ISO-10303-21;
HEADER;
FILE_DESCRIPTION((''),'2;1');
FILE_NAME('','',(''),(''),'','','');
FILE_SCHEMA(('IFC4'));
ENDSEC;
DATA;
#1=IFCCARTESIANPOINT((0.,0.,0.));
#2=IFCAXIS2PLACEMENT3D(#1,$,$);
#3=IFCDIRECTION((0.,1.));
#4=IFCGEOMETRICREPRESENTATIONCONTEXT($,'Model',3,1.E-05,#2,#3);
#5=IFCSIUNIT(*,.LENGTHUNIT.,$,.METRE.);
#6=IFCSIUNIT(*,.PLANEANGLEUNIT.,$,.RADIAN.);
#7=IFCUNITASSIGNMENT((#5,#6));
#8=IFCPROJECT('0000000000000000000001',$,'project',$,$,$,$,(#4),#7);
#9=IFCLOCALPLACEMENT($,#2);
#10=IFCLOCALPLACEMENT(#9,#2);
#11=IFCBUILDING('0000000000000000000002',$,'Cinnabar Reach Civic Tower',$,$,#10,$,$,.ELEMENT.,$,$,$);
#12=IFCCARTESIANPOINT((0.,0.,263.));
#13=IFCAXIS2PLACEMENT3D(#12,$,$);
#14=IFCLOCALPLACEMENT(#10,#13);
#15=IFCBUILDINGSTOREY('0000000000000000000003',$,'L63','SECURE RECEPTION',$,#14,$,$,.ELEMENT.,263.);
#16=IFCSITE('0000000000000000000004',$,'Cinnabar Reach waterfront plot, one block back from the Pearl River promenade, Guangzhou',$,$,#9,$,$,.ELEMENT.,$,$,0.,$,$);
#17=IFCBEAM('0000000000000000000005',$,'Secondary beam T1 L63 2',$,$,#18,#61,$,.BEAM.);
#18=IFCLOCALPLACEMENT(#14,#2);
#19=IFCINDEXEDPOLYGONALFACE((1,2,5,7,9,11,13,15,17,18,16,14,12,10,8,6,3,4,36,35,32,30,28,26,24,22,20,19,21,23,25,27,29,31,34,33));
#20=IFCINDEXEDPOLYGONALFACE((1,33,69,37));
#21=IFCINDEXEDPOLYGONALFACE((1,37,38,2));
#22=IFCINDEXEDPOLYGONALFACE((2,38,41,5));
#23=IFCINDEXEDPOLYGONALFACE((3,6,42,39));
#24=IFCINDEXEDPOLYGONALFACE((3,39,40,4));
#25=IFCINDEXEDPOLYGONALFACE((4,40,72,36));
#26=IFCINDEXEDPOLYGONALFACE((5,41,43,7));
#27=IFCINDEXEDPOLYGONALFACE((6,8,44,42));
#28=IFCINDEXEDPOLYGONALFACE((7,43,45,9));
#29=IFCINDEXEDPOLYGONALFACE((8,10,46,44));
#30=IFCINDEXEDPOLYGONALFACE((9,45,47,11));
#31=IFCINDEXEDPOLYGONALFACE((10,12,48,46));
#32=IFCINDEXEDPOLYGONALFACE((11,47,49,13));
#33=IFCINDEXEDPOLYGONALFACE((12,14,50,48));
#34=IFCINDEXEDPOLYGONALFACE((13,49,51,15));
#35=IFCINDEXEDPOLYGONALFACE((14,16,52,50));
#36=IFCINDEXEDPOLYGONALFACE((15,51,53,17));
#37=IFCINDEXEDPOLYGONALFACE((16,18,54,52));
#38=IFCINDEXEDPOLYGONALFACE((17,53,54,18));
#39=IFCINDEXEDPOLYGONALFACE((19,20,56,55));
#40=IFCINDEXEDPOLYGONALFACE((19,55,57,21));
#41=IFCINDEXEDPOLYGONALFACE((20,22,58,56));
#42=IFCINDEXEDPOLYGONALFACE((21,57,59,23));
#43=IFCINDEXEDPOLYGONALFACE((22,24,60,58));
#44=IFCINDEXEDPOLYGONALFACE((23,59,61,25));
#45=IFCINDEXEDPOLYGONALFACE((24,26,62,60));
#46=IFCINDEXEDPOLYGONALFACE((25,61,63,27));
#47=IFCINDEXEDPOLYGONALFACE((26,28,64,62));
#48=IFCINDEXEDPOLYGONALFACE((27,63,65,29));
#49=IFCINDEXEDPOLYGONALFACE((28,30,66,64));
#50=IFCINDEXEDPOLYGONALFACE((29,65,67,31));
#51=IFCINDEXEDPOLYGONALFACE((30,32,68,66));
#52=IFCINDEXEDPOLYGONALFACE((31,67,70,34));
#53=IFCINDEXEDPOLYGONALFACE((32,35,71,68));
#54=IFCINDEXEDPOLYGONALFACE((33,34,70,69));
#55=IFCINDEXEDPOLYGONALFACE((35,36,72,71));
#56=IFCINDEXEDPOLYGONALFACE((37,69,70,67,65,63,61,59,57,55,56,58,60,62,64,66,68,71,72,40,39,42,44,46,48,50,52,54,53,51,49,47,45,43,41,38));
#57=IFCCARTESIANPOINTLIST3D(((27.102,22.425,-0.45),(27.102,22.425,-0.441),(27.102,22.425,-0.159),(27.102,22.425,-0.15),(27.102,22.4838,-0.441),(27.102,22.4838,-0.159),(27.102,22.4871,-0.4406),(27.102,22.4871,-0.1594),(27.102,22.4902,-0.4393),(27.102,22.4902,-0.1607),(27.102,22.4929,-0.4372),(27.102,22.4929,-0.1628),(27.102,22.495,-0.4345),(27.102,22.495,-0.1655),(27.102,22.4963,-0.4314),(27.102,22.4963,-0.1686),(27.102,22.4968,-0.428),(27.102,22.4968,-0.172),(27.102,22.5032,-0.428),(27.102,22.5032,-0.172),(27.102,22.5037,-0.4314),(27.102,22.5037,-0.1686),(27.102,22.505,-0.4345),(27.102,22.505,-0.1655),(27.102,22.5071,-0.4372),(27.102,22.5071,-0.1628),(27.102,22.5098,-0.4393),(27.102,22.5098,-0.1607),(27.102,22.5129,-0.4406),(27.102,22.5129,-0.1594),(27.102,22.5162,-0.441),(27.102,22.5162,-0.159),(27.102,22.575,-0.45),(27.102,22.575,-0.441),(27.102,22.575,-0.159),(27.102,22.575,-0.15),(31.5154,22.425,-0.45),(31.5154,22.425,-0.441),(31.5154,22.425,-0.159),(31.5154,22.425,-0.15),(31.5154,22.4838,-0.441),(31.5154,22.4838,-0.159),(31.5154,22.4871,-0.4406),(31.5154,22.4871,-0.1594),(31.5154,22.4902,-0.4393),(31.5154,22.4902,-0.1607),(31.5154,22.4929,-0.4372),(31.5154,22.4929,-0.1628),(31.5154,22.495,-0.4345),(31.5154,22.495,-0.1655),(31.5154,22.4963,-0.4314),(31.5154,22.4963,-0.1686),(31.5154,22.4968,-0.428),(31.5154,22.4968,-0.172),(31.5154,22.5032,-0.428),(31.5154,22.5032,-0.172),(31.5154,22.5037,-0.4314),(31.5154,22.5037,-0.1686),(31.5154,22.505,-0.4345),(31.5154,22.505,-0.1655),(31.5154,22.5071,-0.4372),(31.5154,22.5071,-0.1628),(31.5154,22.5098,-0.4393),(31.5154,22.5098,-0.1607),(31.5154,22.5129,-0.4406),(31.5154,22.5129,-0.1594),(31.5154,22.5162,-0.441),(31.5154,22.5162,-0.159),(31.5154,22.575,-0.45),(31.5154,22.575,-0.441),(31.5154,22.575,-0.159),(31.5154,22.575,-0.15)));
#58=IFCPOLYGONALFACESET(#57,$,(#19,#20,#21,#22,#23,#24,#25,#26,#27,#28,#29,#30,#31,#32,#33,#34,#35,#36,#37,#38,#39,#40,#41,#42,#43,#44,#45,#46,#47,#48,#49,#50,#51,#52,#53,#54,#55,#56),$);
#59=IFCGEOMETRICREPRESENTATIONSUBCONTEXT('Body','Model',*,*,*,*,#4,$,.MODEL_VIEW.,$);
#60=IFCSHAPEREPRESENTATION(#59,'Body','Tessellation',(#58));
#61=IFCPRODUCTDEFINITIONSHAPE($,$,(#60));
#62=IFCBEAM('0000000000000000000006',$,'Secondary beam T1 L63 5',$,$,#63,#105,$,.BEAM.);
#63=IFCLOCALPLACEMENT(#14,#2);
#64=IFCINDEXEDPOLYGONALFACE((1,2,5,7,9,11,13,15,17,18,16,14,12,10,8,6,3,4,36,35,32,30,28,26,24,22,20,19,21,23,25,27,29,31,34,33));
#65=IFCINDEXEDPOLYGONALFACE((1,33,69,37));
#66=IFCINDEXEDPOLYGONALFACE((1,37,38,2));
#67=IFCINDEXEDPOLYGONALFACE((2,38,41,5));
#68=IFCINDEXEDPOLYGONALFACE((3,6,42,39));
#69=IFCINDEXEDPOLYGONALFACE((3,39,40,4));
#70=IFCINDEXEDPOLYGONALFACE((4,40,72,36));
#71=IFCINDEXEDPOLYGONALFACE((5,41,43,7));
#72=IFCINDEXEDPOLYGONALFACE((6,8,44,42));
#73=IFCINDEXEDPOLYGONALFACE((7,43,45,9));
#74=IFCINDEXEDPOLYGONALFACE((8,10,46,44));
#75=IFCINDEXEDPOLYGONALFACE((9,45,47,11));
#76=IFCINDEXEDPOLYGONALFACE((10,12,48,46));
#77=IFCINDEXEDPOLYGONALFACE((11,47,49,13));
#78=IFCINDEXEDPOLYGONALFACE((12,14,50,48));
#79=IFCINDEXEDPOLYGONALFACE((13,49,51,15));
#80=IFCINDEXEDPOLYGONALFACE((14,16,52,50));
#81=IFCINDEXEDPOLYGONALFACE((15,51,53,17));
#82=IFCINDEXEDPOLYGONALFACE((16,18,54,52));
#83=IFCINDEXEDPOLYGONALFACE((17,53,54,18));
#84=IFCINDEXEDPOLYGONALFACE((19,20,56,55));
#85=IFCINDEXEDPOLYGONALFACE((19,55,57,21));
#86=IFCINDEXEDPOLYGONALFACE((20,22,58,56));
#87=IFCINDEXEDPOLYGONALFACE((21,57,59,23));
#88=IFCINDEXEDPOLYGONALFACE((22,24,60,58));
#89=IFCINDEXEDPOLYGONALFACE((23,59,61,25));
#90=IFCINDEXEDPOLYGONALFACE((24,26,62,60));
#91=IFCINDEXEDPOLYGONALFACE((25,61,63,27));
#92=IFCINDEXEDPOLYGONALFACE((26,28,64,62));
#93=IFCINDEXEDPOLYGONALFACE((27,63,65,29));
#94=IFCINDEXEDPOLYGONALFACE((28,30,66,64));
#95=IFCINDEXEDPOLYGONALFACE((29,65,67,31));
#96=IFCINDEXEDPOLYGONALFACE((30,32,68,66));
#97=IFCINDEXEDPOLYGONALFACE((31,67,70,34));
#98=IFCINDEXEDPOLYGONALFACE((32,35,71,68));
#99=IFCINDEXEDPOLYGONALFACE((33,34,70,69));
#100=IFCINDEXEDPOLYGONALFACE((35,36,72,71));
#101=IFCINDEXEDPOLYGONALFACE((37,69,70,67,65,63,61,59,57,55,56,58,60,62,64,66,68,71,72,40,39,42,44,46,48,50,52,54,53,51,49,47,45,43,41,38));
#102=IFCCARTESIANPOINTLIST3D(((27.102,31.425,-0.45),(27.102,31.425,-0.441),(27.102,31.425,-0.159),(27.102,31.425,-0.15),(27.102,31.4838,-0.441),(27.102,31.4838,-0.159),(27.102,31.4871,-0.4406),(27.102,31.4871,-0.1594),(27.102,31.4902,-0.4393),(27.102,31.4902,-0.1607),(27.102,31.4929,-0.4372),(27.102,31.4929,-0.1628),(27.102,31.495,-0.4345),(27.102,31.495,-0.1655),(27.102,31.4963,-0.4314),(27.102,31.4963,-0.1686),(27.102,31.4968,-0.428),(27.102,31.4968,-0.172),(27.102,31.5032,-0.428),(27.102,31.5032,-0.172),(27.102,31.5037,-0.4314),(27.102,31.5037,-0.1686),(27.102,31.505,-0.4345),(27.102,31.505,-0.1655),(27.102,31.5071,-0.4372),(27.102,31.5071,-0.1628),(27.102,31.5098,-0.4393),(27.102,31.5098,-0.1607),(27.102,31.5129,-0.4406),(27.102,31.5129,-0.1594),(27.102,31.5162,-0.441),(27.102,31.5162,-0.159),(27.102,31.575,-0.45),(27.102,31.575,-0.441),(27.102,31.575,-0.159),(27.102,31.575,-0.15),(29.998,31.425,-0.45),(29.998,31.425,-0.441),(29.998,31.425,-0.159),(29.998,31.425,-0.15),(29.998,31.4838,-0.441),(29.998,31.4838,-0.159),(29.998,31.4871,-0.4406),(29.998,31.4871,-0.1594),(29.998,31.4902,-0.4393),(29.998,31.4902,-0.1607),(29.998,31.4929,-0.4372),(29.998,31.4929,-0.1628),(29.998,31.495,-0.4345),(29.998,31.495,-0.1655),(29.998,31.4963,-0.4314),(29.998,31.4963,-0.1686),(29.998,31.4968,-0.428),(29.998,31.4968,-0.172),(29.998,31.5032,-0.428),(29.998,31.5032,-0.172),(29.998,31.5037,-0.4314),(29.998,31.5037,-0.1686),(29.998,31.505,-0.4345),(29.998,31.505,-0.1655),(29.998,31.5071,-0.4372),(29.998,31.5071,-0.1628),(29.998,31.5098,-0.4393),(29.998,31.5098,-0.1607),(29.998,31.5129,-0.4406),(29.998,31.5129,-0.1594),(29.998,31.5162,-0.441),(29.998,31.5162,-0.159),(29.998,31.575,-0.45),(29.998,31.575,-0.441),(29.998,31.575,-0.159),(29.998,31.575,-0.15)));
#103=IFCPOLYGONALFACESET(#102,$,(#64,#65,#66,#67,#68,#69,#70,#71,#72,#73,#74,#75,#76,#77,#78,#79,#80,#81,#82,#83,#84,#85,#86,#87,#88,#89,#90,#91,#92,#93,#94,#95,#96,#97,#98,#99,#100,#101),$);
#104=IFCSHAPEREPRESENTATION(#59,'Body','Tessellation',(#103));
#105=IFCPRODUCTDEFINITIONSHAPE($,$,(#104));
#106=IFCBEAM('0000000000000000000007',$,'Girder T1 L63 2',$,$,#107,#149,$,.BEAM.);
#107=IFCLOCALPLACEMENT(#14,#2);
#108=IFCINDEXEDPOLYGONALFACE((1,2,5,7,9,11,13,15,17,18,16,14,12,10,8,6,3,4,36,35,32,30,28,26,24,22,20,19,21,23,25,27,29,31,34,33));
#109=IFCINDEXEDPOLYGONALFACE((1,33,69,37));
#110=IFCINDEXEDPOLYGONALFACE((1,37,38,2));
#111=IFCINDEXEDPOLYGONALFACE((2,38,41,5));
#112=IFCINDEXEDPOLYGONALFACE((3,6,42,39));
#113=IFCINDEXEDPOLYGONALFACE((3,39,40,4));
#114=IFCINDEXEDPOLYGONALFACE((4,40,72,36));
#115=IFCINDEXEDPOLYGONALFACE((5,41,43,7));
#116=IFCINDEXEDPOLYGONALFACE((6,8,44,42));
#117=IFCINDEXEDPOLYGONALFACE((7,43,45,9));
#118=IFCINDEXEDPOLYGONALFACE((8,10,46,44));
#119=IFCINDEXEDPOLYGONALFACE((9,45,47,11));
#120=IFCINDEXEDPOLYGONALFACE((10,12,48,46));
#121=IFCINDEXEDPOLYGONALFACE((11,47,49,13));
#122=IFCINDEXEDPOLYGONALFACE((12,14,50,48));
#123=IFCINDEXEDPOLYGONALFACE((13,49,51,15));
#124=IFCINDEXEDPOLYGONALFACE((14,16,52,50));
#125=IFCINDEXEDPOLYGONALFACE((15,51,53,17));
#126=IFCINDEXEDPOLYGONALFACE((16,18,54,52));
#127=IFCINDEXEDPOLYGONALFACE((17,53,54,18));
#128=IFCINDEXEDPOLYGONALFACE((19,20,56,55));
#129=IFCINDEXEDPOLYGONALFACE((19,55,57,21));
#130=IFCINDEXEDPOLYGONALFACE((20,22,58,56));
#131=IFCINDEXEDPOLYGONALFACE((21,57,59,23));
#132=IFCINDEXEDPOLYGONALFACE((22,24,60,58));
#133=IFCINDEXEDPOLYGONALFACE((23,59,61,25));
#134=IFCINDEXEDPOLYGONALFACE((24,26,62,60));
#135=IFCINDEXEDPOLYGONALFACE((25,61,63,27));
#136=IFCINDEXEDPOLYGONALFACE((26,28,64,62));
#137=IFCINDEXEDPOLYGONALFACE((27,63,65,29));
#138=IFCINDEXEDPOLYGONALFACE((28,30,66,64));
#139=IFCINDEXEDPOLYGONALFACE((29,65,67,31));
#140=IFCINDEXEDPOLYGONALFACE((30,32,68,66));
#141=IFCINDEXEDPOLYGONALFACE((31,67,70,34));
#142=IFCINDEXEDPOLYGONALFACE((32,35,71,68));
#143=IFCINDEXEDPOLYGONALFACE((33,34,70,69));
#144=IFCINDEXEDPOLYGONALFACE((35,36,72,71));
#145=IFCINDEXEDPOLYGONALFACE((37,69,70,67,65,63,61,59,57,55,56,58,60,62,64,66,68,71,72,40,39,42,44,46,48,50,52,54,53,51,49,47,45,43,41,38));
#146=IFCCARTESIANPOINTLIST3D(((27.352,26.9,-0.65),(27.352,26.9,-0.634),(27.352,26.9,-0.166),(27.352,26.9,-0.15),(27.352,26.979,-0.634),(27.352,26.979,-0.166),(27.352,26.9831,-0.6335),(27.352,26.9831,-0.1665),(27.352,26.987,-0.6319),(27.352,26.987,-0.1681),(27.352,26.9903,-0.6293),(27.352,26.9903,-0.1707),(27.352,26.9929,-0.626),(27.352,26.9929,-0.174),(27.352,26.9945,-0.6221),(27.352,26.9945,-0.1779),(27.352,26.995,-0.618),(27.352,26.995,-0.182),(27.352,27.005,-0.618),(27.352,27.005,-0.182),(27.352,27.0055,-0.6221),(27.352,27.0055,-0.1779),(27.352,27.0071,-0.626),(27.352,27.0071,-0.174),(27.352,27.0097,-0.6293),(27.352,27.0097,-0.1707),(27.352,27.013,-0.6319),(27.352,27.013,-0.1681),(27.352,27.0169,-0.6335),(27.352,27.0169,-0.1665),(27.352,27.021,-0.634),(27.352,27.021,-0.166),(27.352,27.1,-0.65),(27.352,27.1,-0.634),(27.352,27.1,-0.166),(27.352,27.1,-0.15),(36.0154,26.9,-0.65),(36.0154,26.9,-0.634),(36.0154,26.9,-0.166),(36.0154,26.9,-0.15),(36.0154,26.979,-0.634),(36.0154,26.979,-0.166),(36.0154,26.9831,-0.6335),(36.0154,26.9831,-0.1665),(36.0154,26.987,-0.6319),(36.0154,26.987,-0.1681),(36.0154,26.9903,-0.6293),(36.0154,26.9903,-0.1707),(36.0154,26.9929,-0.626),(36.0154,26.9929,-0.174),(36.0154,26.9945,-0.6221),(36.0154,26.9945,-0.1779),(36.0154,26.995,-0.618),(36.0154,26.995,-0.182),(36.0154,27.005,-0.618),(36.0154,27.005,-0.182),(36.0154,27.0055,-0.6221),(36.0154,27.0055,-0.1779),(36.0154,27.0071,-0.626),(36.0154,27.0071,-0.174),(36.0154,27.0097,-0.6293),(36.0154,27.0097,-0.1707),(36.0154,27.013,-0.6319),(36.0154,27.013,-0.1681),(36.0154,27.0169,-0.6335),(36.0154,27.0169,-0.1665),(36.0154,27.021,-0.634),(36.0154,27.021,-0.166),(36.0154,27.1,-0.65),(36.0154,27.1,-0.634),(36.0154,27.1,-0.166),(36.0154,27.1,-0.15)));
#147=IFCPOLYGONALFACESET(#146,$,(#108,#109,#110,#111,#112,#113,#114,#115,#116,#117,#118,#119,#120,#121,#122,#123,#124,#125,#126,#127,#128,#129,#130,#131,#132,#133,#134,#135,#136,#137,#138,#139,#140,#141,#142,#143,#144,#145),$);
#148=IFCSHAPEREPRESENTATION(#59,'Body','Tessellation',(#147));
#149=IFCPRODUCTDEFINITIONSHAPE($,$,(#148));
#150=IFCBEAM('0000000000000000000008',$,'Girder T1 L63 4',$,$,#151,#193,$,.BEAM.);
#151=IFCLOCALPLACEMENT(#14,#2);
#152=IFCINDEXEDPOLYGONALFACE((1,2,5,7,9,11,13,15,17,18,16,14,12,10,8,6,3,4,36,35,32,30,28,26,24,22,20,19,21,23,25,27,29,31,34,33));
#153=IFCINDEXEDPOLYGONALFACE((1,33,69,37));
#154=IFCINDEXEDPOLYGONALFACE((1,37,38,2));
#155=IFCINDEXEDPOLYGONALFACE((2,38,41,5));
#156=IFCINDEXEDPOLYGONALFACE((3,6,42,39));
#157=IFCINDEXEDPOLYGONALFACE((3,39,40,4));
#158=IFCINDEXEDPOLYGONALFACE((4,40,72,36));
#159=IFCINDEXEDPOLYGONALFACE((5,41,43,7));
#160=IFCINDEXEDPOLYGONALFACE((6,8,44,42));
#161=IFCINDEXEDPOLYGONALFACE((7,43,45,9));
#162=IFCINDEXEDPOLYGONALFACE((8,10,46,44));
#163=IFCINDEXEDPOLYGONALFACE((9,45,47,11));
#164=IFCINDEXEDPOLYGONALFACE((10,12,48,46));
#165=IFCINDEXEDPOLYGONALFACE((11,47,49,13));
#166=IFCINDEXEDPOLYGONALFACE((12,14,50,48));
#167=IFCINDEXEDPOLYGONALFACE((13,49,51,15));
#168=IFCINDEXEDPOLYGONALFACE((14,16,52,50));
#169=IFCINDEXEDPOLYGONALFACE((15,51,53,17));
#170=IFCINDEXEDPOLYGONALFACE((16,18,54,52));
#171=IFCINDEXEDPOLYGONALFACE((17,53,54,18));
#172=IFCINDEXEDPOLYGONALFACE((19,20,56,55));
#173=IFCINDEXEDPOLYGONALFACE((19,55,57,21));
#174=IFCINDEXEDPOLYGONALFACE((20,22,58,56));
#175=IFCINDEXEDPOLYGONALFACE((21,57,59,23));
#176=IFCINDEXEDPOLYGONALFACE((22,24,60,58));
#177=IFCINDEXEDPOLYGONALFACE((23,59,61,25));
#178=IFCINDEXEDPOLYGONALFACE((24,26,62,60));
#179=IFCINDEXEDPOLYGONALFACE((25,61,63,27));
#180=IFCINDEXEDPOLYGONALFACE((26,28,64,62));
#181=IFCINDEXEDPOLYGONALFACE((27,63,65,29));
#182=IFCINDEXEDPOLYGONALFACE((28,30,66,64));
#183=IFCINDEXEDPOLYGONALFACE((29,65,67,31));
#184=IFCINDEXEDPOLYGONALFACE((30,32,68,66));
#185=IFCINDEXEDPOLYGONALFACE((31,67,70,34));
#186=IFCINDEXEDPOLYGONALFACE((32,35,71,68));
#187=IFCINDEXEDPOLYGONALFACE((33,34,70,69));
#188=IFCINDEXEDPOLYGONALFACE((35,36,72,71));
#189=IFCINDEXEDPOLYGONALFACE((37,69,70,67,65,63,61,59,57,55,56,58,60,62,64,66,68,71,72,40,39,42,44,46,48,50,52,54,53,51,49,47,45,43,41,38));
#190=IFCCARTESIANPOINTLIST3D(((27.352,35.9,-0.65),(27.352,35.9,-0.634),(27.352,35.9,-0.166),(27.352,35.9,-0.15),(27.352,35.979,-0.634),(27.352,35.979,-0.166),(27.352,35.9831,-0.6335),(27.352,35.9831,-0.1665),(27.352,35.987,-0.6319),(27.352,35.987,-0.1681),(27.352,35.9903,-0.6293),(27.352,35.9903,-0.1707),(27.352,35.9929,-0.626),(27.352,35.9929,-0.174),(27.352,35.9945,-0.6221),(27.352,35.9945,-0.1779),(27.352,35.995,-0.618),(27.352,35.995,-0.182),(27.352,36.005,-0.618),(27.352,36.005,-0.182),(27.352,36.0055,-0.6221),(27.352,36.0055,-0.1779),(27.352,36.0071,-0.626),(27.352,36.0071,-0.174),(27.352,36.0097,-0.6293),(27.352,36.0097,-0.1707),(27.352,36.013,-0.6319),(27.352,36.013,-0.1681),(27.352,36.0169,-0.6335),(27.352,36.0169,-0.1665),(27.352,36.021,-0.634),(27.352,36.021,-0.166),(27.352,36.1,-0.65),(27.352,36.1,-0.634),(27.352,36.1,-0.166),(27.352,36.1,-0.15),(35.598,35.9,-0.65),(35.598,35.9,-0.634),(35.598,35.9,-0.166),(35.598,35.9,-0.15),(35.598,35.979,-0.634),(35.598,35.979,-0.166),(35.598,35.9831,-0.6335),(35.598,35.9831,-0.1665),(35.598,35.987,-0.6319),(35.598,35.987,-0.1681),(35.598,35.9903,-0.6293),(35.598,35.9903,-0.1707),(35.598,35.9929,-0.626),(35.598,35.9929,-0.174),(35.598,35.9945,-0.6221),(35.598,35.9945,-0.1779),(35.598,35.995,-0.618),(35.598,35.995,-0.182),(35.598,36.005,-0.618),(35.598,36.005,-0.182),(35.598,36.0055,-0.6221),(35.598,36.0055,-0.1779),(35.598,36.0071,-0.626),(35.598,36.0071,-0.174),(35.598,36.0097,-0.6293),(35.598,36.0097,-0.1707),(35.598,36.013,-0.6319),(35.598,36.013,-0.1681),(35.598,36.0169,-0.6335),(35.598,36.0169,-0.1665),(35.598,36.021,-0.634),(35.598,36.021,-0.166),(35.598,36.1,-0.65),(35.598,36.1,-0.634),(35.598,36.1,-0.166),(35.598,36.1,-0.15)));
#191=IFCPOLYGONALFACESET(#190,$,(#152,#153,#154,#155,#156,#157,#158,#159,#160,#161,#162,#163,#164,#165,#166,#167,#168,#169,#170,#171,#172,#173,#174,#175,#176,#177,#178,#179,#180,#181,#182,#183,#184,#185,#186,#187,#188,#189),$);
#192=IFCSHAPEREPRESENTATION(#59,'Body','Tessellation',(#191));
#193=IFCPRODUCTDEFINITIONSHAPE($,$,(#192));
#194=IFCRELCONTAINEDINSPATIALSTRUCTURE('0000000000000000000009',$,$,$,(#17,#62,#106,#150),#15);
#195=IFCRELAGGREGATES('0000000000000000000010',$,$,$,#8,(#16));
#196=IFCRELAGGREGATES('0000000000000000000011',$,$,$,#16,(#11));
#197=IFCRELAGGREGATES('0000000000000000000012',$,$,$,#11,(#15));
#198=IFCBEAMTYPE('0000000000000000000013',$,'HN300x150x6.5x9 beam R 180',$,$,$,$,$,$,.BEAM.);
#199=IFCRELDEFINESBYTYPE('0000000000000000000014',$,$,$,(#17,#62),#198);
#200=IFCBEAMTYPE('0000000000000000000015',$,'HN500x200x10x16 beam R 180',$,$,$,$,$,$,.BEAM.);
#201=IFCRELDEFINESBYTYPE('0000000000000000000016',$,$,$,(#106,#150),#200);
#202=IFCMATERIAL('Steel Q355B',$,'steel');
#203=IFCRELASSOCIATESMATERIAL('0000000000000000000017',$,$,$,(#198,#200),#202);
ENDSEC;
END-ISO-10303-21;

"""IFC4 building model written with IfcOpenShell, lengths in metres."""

from ifc_helpers import new_model, si_unit, direction, frame, origin, origin_2d, place, context, subcontext, project, spatial, i_section, extrude, material, material_profile, profile_set, type_object, element, save


model = new_model("IFC4")

# Units and contexts
model_context = context("Model", 3, precision=1e-05, world=origin(), true_north=direction((0.0, 1.0)))
body_context = subcontext(model_context, "Body", "Model", "MODEL_VIEW")
ifc_project = project(units=[si_unit("LENGTHUNIT", "METRE"), si_unit("PLANEANGLEUNIT", "RADIAN")], contexts=[model_context])

# Site, building, storey
site_placement = place(None, origin())
site = spatial("IfcSite", under=ifc_project, at=site_placement, Name="Cinnabar Reach waterfront plot, one block back from the Pearl River promenade, Guangzhou", CompositionType="ELEMENT", RefElevation=0.0)
building_placement = place(site_placement, origin())
building = spatial("IfcBuilding", under=site, at=building_placement, Name="Cinnabar Reach Civic Tower", CompositionType="ELEMENT")
storey_placement = place(building_placement, frame((0.0, 0.0, 263.0)))
storey = spatial("IfcBuildingStorey", under=building, at=storey_placement, Name="L63", Description="SECURE RECEPTION", CompositionType="ELEMENT", Elevation=263.0)

# Beams
ifc_material_1 = material(Name="Steel Q355B", Category="steel")
ifc_material_profile_1 = material_profile(ifc_material_1, i_section(OverallWidth=0.15, OverallDepth=0.3, WebThickness=0.0065, FlangeThickness=0.009, FilletRadius=0.013, at=origin_2d()), Name="HN300x150x6.5x9")
ifc_profile_set_1 = profile_set([ifc_material_profile_1], Name="Steel Q355B")
beam_type_1 = type_object("IfcBeamType", Name="HN300x150x6.5x9 beam R 180", PredefinedType="BEAM", material=ifc_profile_set_1)
beam_1_placement = place(storey_placement, frame((27.102, 22.5, -0.3), z_axis=(1.0, 0.0, 0.0), x_axis=(0.0, 1.0, 0.0)))
element("IfcBeam", 1, at=beam_1_placement, inside=storey, type_object=beam_type_1, Name="Secondary beam T1 L63 2", PredefinedType="BEAM", context=body_context, shape_type="SweptSolid", body=[
    extrude(i_section(OverallWidth=0.15, OverallDepth=0.3, WebThickness=0.0065, FlangeThickness=0.009, FilletRadius=0.013, at=origin_2d()), origin(), (0.0, 0.0, 1.0), 4.4134),
])
beam_2_placement = place(storey_placement, frame((27.102, 31.5, -0.3), z_axis=(1.0, 0.0, 0.0), x_axis=(0.0, 1.0, 0.0)))
element("IfcBeam", 2, at=beam_2_placement, inside=storey, type_object=beam_type_1, Name="Secondary beam T1 L63 5", PredefinedType="BEAM", context=body_context, shape_type="SweptSolid", body=[
    extrude(i_section(OverallWidth=0.15, OverallDepth=0.3, WebThickness=0.0065, FlangeThickness=0.009, FilletRadius=0.013, at=origin_2d()), origin(), (0.0, 0.0, 1.0), 2.896),
])
ifc_material_profile_2 = material_profile(ifc_material_1, i_section(OverallWidth=0.2, OverallDepth=0.5, WebThickness=0.01, FlangeThickness=0.016, FilletRadius=0.016, at=origin_2d()), Name="HN500x200x10x16")
ifc_profile_set_2 = profile_set([ifc_material_profile_2], Name="Steel Q355B")
beam_type_2 = type_object("IfcBeamType", Name="HN500x200x10x16 beam R 180", PredefinedType="BEAM", material=ifc_profile_set_2)
beam_3_placement = place(storey_placement, frame((27.352, 27.0, -0.4), z_axis=(1.0, 0.0, 0.0), x_axis=(0.0, 1.0, 0.0)))
element("IfcBeam", 3, at=beam_3_placement, inside=storey, type_object=beam_type_2, Name="Girder T1 L63 2", PredefinedType="BEAM", context=body_context, shape_type="SweptSolid", body=[
    extrude(i_section(OverallWidth=0.2, OverallDepth=0.5, WebThickness=0.01, FlangeThickness=0.016, FilletRadius=0.016, at=origin_2d()), origin(), (0.0, 0.0, 1.0), 8.6634),
])
beam_4_placement = place(storey_placement, frame((27.352, 36.0, -0.4), z_axis=(1.0, 0.0, 0.0), x_axis=(0.0, 1.0, 0.0)))
element("IfcBeam", 4, at=beam_4_placement, inside=storey, type_object=beam_type_2, Name="Girder T1 L63 4", PredefinedType="BEAM", context=body_context, shape_type="SweptSolid", body=[
    extrude(i_section(OverallWidth=0.2, OverallDepth=0.5, WebThickness=0.01, FlangeThickness=0.016, FilletRadius=0.016, at=origin_2d()), origin(), (0.0, 0.0, 1.0), 8.246),
])

save(model, "model.ifc")
